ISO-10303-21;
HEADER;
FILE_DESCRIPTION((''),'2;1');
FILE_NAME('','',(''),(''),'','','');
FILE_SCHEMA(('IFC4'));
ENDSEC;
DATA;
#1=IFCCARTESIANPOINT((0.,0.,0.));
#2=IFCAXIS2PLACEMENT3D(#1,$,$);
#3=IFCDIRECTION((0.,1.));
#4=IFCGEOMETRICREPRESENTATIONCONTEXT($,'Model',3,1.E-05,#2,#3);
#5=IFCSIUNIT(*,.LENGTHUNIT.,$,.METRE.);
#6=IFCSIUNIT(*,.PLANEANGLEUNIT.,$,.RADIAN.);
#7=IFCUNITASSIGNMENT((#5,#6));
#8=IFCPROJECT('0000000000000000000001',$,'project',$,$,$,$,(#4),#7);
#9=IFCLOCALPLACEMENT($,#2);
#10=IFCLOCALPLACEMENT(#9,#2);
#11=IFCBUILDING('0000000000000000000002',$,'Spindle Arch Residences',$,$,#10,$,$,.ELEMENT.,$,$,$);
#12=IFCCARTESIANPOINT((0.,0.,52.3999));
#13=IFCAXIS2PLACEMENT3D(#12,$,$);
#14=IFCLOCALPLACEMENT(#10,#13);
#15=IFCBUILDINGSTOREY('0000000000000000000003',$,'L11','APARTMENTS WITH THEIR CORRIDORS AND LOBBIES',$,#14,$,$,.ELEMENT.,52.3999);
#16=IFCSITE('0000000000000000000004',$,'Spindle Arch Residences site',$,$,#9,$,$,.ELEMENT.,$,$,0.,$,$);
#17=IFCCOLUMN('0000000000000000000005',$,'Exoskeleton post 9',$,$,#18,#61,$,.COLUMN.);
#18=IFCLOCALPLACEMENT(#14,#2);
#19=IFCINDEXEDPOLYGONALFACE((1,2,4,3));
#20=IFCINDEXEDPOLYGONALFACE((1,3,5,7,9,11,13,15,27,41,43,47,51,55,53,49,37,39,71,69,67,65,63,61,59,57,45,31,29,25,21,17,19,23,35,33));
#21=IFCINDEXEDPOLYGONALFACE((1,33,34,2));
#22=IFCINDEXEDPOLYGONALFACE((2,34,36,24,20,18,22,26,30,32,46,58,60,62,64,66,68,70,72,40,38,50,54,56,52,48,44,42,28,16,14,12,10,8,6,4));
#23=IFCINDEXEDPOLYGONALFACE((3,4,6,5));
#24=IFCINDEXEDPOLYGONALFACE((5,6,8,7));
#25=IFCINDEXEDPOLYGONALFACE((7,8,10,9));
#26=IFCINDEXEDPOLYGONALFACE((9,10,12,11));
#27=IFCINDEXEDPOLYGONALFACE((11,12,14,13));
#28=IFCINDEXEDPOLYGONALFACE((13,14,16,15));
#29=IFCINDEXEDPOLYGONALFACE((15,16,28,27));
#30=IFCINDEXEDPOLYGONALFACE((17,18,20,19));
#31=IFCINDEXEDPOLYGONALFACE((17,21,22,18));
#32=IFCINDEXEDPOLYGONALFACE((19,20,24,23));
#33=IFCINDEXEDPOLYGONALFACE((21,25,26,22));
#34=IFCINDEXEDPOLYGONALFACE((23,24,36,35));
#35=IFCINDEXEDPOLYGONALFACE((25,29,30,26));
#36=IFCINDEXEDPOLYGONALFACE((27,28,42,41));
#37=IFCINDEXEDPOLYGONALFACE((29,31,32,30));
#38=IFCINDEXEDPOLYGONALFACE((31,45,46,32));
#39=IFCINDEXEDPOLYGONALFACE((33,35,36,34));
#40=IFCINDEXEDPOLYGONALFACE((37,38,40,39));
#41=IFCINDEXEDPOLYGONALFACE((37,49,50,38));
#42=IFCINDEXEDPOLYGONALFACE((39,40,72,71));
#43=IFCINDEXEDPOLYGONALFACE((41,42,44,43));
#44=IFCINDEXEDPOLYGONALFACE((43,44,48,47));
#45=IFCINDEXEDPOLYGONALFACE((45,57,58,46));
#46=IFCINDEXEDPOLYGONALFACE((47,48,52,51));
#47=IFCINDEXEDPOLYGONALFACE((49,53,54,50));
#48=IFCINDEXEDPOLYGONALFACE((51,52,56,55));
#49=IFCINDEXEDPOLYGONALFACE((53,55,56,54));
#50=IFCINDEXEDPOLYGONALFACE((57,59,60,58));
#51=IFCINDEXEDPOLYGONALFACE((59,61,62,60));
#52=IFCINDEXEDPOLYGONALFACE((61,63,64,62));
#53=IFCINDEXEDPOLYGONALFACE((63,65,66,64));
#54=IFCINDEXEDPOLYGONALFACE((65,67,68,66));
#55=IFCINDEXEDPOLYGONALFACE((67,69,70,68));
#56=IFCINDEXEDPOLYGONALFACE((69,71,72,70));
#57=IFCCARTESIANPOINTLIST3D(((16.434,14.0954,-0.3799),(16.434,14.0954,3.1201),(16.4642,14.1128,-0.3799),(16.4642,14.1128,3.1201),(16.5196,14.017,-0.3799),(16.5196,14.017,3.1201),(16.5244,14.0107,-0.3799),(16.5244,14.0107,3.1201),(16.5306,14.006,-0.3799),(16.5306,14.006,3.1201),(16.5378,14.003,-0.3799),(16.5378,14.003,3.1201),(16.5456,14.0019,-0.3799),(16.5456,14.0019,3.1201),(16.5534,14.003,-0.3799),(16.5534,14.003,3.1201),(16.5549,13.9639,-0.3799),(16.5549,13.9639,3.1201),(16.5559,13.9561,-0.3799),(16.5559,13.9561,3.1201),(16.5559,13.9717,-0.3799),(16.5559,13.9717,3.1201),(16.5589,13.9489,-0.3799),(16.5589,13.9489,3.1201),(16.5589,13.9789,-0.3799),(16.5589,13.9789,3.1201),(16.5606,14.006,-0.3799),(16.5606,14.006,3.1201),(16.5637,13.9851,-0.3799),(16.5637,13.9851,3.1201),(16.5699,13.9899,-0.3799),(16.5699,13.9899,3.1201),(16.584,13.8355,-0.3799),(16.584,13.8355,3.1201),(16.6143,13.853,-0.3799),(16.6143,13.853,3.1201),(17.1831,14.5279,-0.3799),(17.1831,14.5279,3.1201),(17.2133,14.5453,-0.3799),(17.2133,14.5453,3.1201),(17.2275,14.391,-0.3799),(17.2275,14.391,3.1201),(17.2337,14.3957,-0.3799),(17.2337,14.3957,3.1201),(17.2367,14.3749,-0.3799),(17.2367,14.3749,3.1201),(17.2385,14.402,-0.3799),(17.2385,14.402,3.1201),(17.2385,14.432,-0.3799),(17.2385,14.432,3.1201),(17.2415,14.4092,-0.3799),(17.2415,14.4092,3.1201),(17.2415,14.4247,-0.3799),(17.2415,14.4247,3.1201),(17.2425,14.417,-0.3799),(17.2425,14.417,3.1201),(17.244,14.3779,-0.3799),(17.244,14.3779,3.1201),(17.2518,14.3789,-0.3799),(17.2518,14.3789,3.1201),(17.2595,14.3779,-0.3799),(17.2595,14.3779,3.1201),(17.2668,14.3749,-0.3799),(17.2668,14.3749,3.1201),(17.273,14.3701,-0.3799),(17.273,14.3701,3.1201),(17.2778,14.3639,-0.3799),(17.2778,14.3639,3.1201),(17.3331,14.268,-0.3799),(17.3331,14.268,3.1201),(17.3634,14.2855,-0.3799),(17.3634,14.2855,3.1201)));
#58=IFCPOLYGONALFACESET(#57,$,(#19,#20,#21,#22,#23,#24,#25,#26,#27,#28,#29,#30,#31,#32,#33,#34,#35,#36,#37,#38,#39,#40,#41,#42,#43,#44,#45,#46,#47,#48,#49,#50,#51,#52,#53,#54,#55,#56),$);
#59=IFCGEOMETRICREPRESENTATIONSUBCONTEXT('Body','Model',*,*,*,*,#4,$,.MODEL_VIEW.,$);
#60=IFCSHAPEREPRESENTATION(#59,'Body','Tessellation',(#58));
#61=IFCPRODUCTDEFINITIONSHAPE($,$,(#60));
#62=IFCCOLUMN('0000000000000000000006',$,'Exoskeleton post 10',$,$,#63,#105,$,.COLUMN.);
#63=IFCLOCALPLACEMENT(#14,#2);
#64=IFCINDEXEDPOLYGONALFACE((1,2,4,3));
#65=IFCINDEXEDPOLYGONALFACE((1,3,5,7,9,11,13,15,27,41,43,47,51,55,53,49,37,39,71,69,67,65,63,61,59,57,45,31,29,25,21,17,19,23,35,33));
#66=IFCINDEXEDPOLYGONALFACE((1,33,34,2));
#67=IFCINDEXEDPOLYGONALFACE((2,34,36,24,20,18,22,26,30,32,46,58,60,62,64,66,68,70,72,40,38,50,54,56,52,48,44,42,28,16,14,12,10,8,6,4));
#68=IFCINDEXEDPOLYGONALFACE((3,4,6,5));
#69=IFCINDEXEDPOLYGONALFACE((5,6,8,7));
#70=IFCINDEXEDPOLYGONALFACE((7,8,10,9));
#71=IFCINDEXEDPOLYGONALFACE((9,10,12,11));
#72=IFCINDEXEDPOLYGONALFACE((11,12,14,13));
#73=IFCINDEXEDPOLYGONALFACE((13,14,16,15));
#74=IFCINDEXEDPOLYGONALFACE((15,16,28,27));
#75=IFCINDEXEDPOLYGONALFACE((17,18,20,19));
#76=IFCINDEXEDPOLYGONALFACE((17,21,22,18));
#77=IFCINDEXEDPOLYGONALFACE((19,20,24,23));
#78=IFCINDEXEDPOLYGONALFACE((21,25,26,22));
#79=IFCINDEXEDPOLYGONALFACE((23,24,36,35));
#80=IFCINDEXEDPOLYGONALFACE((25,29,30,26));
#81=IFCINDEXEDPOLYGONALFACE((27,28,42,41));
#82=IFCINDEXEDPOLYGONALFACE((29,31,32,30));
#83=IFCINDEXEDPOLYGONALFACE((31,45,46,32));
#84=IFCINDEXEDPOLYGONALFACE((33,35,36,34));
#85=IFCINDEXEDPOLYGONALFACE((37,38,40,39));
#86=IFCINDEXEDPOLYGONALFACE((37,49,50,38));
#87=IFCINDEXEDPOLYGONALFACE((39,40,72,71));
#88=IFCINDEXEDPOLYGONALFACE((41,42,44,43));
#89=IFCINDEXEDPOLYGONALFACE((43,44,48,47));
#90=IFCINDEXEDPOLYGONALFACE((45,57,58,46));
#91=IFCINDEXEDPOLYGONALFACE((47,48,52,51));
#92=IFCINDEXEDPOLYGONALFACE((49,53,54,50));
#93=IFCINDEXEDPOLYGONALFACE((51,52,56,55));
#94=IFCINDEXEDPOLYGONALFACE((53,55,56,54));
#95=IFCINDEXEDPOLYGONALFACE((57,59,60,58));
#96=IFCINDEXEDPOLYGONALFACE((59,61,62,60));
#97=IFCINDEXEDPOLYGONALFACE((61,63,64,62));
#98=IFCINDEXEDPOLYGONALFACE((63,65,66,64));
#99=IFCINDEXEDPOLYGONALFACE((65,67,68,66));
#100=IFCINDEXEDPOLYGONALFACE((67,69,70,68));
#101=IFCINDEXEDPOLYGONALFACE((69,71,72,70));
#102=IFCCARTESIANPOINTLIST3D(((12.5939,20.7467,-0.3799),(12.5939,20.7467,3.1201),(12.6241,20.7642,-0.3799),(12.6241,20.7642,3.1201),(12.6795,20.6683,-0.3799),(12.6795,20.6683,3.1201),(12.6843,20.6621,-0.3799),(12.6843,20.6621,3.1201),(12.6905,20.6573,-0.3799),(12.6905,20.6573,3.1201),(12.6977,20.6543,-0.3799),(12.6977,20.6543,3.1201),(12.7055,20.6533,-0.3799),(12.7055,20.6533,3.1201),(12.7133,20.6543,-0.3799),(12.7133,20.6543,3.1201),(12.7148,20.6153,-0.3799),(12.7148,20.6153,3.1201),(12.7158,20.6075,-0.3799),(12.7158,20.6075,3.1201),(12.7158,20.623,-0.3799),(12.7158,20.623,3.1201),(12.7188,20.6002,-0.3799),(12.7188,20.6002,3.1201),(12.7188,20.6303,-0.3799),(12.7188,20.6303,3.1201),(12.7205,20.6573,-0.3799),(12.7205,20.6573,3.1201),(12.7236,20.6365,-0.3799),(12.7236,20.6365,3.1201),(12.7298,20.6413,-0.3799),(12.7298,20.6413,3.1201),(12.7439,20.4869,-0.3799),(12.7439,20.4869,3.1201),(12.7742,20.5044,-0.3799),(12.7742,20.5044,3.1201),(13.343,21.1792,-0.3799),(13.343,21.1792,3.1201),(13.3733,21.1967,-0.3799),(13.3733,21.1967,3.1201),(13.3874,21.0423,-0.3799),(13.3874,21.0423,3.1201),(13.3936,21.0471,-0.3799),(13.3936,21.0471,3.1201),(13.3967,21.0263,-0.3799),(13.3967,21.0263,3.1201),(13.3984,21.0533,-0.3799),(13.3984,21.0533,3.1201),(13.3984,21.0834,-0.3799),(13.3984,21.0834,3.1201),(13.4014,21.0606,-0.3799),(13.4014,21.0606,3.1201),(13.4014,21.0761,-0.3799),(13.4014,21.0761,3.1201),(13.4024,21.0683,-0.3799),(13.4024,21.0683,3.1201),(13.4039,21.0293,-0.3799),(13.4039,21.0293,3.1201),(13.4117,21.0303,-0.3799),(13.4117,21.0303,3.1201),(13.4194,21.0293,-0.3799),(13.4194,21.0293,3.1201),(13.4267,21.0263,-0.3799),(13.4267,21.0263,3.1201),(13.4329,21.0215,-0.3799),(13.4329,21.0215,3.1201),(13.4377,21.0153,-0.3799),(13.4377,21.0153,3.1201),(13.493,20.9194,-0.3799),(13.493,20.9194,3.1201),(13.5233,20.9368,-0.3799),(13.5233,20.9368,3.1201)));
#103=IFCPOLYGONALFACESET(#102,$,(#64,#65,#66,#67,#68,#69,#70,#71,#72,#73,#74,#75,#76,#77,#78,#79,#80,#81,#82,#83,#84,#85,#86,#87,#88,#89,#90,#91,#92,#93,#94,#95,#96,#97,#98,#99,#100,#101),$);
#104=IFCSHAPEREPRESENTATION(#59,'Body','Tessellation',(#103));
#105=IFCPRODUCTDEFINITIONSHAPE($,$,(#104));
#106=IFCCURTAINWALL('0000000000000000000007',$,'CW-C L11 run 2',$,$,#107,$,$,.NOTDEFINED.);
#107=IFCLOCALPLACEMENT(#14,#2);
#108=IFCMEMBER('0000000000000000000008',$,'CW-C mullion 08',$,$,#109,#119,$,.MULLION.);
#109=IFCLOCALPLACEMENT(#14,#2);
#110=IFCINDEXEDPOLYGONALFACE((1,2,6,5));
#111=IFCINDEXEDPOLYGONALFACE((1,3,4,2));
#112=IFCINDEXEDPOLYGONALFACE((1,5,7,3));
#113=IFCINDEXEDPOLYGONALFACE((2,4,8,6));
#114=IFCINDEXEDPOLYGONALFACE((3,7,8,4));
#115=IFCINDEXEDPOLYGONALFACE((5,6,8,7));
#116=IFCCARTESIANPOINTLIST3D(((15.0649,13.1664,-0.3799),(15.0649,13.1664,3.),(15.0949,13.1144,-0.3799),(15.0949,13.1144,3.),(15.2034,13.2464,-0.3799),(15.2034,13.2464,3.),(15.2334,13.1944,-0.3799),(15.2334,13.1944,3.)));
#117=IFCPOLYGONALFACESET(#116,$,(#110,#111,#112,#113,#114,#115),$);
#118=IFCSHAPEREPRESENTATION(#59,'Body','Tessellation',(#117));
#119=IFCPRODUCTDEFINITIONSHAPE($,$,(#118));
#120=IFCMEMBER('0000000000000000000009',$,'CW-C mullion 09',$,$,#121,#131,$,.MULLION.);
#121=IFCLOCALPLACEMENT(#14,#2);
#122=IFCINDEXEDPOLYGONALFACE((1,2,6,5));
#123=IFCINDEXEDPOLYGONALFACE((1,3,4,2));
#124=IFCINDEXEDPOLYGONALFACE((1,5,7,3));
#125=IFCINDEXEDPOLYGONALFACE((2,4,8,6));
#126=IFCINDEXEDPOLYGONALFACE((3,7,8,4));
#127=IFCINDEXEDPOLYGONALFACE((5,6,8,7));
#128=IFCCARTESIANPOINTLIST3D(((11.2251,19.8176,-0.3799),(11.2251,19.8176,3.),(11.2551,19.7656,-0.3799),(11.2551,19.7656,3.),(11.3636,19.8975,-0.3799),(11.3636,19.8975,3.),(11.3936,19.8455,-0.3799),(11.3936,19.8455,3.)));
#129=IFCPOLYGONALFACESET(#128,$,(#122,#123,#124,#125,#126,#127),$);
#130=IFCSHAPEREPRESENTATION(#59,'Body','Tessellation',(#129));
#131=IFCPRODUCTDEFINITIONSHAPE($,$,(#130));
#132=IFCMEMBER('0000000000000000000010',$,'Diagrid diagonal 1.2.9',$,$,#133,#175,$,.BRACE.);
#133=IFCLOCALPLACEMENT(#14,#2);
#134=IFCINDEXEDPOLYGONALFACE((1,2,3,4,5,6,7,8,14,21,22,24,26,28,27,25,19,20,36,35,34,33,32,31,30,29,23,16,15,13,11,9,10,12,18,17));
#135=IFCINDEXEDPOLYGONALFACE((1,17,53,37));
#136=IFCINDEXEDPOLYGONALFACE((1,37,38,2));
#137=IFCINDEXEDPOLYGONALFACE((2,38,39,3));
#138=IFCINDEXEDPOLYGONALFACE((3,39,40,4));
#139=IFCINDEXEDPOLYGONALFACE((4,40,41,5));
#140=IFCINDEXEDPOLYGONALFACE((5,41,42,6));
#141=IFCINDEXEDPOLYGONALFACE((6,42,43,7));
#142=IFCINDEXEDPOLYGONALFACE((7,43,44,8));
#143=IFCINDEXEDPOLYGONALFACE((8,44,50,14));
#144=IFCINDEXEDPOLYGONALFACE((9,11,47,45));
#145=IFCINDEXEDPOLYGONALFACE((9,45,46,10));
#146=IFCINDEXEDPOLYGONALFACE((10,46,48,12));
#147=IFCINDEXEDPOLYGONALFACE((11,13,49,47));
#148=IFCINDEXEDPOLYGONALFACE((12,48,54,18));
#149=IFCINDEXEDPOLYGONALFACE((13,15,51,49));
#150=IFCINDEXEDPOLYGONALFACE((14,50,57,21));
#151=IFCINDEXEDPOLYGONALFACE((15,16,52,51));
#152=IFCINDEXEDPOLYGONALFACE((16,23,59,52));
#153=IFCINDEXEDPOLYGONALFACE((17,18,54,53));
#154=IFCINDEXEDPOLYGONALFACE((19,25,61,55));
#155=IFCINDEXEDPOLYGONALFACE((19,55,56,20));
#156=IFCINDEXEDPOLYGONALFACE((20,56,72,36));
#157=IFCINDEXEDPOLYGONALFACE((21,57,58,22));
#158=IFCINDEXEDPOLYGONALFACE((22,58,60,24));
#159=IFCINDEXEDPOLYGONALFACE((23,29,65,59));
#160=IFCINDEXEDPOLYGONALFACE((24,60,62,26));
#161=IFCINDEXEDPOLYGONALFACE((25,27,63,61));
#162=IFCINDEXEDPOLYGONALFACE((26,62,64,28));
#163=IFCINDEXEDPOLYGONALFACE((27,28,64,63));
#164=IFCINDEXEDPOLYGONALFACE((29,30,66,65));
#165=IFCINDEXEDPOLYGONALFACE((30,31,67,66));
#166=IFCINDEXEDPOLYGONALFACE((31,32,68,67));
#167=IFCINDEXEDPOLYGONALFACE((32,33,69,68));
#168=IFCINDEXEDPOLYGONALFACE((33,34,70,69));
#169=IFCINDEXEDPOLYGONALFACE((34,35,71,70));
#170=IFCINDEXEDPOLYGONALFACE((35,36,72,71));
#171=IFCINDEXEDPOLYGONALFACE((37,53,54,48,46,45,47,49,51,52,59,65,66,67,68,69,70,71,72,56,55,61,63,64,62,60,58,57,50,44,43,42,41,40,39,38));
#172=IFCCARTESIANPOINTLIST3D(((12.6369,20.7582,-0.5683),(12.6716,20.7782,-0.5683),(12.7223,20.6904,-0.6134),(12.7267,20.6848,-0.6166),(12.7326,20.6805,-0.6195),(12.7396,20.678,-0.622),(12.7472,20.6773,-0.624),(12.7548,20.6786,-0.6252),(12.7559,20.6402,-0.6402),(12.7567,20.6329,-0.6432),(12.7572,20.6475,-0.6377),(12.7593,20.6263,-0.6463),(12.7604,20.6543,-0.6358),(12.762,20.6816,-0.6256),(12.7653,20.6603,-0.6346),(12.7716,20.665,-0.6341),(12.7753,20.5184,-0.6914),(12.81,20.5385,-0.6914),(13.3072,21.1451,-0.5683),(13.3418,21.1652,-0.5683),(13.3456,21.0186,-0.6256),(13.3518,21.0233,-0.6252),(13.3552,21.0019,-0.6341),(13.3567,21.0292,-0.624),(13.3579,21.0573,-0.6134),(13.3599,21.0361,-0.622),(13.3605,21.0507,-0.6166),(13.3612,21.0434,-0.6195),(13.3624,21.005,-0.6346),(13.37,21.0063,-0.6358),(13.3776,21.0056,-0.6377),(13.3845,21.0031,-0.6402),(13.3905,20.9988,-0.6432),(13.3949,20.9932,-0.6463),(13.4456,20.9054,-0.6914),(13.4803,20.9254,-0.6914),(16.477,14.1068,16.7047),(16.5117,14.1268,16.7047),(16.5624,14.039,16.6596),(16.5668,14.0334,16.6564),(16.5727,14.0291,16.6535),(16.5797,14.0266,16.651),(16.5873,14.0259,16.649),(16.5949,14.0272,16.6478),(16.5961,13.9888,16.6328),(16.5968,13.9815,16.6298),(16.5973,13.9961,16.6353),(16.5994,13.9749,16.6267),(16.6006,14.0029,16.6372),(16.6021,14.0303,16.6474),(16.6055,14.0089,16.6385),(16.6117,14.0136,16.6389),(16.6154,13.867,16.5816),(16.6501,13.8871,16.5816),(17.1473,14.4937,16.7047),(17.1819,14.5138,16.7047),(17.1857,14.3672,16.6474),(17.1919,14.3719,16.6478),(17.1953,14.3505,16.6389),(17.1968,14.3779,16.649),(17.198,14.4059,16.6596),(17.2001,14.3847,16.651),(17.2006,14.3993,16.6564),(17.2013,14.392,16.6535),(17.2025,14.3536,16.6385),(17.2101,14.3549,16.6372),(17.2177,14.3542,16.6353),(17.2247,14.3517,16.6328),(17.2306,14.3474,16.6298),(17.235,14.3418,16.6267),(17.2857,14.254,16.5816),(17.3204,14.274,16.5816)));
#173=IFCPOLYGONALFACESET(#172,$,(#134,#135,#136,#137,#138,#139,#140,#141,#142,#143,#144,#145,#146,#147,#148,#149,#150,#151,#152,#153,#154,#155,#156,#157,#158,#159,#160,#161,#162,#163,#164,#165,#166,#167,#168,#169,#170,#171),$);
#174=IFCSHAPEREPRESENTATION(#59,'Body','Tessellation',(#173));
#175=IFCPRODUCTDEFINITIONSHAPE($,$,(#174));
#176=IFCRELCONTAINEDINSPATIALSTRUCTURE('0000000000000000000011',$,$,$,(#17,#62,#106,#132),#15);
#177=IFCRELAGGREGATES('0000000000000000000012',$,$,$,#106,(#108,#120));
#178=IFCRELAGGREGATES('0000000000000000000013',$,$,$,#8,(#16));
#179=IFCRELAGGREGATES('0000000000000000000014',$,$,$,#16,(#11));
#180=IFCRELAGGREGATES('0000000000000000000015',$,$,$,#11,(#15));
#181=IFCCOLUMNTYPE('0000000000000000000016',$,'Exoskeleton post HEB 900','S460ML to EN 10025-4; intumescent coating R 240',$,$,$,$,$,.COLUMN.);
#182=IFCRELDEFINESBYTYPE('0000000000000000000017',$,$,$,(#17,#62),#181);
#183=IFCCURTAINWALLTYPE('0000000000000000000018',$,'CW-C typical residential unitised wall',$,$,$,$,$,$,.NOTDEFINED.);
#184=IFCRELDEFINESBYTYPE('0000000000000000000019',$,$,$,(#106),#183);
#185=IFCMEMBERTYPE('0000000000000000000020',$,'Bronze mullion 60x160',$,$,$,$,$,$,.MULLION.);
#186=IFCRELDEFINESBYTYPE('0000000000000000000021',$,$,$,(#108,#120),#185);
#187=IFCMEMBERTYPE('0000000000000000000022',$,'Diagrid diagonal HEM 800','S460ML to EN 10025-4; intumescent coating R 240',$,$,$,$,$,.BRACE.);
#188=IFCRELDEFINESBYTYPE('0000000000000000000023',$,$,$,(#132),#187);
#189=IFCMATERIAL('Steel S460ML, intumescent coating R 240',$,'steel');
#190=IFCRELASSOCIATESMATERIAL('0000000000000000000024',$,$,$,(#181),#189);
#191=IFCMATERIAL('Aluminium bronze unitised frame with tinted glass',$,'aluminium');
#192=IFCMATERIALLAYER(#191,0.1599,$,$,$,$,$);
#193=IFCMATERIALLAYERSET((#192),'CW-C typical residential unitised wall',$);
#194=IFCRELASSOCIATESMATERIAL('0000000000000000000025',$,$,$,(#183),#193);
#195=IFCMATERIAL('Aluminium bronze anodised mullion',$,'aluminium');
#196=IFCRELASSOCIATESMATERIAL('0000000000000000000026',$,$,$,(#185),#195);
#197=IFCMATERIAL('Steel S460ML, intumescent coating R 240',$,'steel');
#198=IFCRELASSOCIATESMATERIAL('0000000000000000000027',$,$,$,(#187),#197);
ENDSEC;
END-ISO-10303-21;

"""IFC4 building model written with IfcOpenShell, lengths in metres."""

from ifc_helpers import new_model, si_unit, direction, frame, origin, origin_2d, place, context, subcontext, project, spatial, rectangle, i_section, extrude, material, layer, layer_set, material_profile, profile_set, type_object, element, aggregate, save


model = new_model("IFC4")

# Units and contexts
model_context = context("Model", 3, precision=1e-05, world=origin(), true_north=direction((0.0, 1.0)))
body_context = subcontext(model_context, "Body", "Model", "MODEL_VIEW")
ifc_project = project(units=[si_unit("LENGTHUNIT", "METRE"), si_unit("PLANEANGLEUNIT", "RADIAN")], contexts=[model_context])

# Site, building, storey
site_placement = place(None, origin())
site = spatial("IfcSite", under=ifc_project, at=site_placement, Name="Spindle Arch Residences site", CompositionType="ELEMENT", RefElevation=0.0)
building_placement = place(site_placement, origin())
building = spatial("IfcBuilding", under=site, at=building_placement, Name="Spindle Arch Residences", CompositionType="ELEMENT")
storey_placement = place(building_placement, frame((0.0, 0.0, 52.3999)))
storey = spatial("IfcBuildingStorey", under=building, at=storey_placement, Name="L11", Description="APARTMENTS WITH THEIR CORRIDORS AND LOBBIES", CompositionType="ELEMENT", Elevation=52.3999)

# Columns
ifc_material_1 = material(Name="Steel S460ML, intumescent coating R 240", Category="steel")
ifc_material_profile_1 = material_profile(ifc_material_1, i_section(OverallWidth=0.3, OverallDepth=0.8999, WebThickness=0.0186, FlangeThickness=0.0349, FilletRadius=0.03, at=origin_2d()), Name="HEB 900")
ifc_profile_set_1 = profile_set([ifc_material_profile_1], Name="Steel S460ML, intumescent coating R 240")
column_type = type_object("IfcColumnType", Name="Exoskeleton post HEB 900", Description="S460ML to EN 10025-4; intumescent coating R 240", PredefinedType="COLUMN", material=ifc_profile_set_1)
for number, where, z_axis, x_axis, name in (
    (1, (16.8987, 14.1904, -0.3799), (0.0, 0.0, 1.0), (0.5, -0.866025, 0.0), "Exoskeleton post 9"),
    (2, (13.0586, 20.8418, -0.3799), (0.0, 0.0, 1.0), (0.5, -0.866025, 0.0), "Exoskeleton post 10"),
):
    element("IfcColumn", number, at=place(storey_placement, frame(where, z_axis=z_axis, x_axis=x_axis)), inside=storey, type_object=column_type, Name=name, PredefinedType="COLUMN", context=body_context, shape_type="SweptSolid", body=[
        extrude(i_section(OverallWidth=0.3, OverallDepth=0.8999, WebThickness=0.0186, FlangeThickness=0.0349, FilletRadius=0.03, at=origin_2d()), origin(), (0.0, 0.0, 1.0), 3.5),
    ])

# Curtain wall, members
ifc_material_2 = material(Name="Aluminium bronze unitised frame with tinted glass", Category="aluminium")
ifc_layer_1 = layer(ifc_material_2, 0.1599)
ifc_layer_set_1 = layer_set([ifc_layer_1], Name="CW-C typical residential unitised wall")
curtain_wall_type = type_object("IfcCurtainWallType", Name="CW-C typical residential unitised wall", PredefinedType="NOTDEFINED", material=ifc_layer_set_1)
curtain_wall_placement = place(storey_placement, origin())
curtain_wall = element("IfcCurtainWall", 3, at=curtain_wall_placement, inside=storey, type_object=curtain_wall_type, Name="CW-C L11 run 2", PredefinedType="NOTDEFINED")
ifc_material_3 = material(Name="Aluminium bronze anodised mullion", Category="aluminium")
ifc_material_profile_2 = material_profile(ifc_material_3, rectangle(XDim=0.1599, YDim=0.0601, at=origin_2d()), Name="MU 60x160")
ifc_profile_set_2 = profile_set([ifc_material_profile_2], Name="Aluminium bronze anodised mullion")
member_type_1 = type_object("IfcMemberType", Name="Bronze mullion 60x160", PredefinedType="MULLION", material=ifc_profile_set_2)
member_1_placement = place(storey_placement, frame((15.1492, 13.1804, -0.3799), z_axis=(0.0, 0.0, 1.0), x_axis=(-0.866025, -0.5, 0.0)))
member_1 = element("IfcMember", 4, at=member_1_placement, type_object=member_type_1, Name="CW-C mullion 08", PredefinedType="MULLION", context=body_context, shape_type="SweptSolid", body=[
    extrude(rectangle(XDim=0.1599, YDim=0.0601, at=origin_2d()), origin(), (0.0, 0.0, 1.0), 3.3799),
])
member_2_placement = place(storey_placement, frame((11.3093, 19.8315, -0.3799), z_axis=(0.0, 0.0, 1.0), x_axis=(-0.866025, -0.5, 0.0)))
member_2 = element("IfcMember", 5, at=member_2_placement, type_object=member_type_1, Name="CW-C mullion 09", PredefinedType="MULLION", context=body_context, shape_type="SweptSolid", body=[
    extrude(rectangle(XDim=0.1599, YDim=0.0601, at=origin_2d()), origin(), (0.0, 0.0, 1.0), 3.3799),
])

# Member
ifc_material_4 = material(Name="Steel S460ML, intumescent coating R 240", Category="steel")
ifc_material_profile_3 = material_profile(ifc_material_4, i_section(OverallWidth=0.303, OverallDepth=0.814, WebThickness=0.021, FlangeThickness=0.04, FilletRadius=0.03, at=origin_2d()), Name="HEM 800")
ifc_profile_set_3 = profile_set([ifc_material_profile_3], Name="Steel S460ML, intumescent coating R 240")
member_type_2 = type_object("IfcMemberType", Name="Diagrid diagonal HEM 800", Description="S460ML to EN 10025-4; intumescent coating R 240", PredefinedType="BRACE", material=ifc_profile_set_3)
member_3_placement = place(storey_placement, frame((13.0586, 20.8418, -0.6299), z_axis=(0.203142, -0.351859, 0.913744), x_axis=(-0.456865, 0.79133, 0.40629)))
element("IfcMember", 6, at=member_3_placement, inside=storey, type_object=member_type_2, Name="Diagrid diagonal 1.2.9", PredefinedType="BRACE", context=body_context, shape_type="SweptSolid", body=[
    extrude(i_section(OverallWidth=0.303, OverallDepth=0.814, WebThickness=0.021, FlangeThickness=0.04, FilletRadius=0.03, at=origin_2d()), origin(), (0.0, 0.0, 1.0), 18.9036),
])

aggregate(curtain_wall, [member_1, member_2])

save(model, "model.ifc")
